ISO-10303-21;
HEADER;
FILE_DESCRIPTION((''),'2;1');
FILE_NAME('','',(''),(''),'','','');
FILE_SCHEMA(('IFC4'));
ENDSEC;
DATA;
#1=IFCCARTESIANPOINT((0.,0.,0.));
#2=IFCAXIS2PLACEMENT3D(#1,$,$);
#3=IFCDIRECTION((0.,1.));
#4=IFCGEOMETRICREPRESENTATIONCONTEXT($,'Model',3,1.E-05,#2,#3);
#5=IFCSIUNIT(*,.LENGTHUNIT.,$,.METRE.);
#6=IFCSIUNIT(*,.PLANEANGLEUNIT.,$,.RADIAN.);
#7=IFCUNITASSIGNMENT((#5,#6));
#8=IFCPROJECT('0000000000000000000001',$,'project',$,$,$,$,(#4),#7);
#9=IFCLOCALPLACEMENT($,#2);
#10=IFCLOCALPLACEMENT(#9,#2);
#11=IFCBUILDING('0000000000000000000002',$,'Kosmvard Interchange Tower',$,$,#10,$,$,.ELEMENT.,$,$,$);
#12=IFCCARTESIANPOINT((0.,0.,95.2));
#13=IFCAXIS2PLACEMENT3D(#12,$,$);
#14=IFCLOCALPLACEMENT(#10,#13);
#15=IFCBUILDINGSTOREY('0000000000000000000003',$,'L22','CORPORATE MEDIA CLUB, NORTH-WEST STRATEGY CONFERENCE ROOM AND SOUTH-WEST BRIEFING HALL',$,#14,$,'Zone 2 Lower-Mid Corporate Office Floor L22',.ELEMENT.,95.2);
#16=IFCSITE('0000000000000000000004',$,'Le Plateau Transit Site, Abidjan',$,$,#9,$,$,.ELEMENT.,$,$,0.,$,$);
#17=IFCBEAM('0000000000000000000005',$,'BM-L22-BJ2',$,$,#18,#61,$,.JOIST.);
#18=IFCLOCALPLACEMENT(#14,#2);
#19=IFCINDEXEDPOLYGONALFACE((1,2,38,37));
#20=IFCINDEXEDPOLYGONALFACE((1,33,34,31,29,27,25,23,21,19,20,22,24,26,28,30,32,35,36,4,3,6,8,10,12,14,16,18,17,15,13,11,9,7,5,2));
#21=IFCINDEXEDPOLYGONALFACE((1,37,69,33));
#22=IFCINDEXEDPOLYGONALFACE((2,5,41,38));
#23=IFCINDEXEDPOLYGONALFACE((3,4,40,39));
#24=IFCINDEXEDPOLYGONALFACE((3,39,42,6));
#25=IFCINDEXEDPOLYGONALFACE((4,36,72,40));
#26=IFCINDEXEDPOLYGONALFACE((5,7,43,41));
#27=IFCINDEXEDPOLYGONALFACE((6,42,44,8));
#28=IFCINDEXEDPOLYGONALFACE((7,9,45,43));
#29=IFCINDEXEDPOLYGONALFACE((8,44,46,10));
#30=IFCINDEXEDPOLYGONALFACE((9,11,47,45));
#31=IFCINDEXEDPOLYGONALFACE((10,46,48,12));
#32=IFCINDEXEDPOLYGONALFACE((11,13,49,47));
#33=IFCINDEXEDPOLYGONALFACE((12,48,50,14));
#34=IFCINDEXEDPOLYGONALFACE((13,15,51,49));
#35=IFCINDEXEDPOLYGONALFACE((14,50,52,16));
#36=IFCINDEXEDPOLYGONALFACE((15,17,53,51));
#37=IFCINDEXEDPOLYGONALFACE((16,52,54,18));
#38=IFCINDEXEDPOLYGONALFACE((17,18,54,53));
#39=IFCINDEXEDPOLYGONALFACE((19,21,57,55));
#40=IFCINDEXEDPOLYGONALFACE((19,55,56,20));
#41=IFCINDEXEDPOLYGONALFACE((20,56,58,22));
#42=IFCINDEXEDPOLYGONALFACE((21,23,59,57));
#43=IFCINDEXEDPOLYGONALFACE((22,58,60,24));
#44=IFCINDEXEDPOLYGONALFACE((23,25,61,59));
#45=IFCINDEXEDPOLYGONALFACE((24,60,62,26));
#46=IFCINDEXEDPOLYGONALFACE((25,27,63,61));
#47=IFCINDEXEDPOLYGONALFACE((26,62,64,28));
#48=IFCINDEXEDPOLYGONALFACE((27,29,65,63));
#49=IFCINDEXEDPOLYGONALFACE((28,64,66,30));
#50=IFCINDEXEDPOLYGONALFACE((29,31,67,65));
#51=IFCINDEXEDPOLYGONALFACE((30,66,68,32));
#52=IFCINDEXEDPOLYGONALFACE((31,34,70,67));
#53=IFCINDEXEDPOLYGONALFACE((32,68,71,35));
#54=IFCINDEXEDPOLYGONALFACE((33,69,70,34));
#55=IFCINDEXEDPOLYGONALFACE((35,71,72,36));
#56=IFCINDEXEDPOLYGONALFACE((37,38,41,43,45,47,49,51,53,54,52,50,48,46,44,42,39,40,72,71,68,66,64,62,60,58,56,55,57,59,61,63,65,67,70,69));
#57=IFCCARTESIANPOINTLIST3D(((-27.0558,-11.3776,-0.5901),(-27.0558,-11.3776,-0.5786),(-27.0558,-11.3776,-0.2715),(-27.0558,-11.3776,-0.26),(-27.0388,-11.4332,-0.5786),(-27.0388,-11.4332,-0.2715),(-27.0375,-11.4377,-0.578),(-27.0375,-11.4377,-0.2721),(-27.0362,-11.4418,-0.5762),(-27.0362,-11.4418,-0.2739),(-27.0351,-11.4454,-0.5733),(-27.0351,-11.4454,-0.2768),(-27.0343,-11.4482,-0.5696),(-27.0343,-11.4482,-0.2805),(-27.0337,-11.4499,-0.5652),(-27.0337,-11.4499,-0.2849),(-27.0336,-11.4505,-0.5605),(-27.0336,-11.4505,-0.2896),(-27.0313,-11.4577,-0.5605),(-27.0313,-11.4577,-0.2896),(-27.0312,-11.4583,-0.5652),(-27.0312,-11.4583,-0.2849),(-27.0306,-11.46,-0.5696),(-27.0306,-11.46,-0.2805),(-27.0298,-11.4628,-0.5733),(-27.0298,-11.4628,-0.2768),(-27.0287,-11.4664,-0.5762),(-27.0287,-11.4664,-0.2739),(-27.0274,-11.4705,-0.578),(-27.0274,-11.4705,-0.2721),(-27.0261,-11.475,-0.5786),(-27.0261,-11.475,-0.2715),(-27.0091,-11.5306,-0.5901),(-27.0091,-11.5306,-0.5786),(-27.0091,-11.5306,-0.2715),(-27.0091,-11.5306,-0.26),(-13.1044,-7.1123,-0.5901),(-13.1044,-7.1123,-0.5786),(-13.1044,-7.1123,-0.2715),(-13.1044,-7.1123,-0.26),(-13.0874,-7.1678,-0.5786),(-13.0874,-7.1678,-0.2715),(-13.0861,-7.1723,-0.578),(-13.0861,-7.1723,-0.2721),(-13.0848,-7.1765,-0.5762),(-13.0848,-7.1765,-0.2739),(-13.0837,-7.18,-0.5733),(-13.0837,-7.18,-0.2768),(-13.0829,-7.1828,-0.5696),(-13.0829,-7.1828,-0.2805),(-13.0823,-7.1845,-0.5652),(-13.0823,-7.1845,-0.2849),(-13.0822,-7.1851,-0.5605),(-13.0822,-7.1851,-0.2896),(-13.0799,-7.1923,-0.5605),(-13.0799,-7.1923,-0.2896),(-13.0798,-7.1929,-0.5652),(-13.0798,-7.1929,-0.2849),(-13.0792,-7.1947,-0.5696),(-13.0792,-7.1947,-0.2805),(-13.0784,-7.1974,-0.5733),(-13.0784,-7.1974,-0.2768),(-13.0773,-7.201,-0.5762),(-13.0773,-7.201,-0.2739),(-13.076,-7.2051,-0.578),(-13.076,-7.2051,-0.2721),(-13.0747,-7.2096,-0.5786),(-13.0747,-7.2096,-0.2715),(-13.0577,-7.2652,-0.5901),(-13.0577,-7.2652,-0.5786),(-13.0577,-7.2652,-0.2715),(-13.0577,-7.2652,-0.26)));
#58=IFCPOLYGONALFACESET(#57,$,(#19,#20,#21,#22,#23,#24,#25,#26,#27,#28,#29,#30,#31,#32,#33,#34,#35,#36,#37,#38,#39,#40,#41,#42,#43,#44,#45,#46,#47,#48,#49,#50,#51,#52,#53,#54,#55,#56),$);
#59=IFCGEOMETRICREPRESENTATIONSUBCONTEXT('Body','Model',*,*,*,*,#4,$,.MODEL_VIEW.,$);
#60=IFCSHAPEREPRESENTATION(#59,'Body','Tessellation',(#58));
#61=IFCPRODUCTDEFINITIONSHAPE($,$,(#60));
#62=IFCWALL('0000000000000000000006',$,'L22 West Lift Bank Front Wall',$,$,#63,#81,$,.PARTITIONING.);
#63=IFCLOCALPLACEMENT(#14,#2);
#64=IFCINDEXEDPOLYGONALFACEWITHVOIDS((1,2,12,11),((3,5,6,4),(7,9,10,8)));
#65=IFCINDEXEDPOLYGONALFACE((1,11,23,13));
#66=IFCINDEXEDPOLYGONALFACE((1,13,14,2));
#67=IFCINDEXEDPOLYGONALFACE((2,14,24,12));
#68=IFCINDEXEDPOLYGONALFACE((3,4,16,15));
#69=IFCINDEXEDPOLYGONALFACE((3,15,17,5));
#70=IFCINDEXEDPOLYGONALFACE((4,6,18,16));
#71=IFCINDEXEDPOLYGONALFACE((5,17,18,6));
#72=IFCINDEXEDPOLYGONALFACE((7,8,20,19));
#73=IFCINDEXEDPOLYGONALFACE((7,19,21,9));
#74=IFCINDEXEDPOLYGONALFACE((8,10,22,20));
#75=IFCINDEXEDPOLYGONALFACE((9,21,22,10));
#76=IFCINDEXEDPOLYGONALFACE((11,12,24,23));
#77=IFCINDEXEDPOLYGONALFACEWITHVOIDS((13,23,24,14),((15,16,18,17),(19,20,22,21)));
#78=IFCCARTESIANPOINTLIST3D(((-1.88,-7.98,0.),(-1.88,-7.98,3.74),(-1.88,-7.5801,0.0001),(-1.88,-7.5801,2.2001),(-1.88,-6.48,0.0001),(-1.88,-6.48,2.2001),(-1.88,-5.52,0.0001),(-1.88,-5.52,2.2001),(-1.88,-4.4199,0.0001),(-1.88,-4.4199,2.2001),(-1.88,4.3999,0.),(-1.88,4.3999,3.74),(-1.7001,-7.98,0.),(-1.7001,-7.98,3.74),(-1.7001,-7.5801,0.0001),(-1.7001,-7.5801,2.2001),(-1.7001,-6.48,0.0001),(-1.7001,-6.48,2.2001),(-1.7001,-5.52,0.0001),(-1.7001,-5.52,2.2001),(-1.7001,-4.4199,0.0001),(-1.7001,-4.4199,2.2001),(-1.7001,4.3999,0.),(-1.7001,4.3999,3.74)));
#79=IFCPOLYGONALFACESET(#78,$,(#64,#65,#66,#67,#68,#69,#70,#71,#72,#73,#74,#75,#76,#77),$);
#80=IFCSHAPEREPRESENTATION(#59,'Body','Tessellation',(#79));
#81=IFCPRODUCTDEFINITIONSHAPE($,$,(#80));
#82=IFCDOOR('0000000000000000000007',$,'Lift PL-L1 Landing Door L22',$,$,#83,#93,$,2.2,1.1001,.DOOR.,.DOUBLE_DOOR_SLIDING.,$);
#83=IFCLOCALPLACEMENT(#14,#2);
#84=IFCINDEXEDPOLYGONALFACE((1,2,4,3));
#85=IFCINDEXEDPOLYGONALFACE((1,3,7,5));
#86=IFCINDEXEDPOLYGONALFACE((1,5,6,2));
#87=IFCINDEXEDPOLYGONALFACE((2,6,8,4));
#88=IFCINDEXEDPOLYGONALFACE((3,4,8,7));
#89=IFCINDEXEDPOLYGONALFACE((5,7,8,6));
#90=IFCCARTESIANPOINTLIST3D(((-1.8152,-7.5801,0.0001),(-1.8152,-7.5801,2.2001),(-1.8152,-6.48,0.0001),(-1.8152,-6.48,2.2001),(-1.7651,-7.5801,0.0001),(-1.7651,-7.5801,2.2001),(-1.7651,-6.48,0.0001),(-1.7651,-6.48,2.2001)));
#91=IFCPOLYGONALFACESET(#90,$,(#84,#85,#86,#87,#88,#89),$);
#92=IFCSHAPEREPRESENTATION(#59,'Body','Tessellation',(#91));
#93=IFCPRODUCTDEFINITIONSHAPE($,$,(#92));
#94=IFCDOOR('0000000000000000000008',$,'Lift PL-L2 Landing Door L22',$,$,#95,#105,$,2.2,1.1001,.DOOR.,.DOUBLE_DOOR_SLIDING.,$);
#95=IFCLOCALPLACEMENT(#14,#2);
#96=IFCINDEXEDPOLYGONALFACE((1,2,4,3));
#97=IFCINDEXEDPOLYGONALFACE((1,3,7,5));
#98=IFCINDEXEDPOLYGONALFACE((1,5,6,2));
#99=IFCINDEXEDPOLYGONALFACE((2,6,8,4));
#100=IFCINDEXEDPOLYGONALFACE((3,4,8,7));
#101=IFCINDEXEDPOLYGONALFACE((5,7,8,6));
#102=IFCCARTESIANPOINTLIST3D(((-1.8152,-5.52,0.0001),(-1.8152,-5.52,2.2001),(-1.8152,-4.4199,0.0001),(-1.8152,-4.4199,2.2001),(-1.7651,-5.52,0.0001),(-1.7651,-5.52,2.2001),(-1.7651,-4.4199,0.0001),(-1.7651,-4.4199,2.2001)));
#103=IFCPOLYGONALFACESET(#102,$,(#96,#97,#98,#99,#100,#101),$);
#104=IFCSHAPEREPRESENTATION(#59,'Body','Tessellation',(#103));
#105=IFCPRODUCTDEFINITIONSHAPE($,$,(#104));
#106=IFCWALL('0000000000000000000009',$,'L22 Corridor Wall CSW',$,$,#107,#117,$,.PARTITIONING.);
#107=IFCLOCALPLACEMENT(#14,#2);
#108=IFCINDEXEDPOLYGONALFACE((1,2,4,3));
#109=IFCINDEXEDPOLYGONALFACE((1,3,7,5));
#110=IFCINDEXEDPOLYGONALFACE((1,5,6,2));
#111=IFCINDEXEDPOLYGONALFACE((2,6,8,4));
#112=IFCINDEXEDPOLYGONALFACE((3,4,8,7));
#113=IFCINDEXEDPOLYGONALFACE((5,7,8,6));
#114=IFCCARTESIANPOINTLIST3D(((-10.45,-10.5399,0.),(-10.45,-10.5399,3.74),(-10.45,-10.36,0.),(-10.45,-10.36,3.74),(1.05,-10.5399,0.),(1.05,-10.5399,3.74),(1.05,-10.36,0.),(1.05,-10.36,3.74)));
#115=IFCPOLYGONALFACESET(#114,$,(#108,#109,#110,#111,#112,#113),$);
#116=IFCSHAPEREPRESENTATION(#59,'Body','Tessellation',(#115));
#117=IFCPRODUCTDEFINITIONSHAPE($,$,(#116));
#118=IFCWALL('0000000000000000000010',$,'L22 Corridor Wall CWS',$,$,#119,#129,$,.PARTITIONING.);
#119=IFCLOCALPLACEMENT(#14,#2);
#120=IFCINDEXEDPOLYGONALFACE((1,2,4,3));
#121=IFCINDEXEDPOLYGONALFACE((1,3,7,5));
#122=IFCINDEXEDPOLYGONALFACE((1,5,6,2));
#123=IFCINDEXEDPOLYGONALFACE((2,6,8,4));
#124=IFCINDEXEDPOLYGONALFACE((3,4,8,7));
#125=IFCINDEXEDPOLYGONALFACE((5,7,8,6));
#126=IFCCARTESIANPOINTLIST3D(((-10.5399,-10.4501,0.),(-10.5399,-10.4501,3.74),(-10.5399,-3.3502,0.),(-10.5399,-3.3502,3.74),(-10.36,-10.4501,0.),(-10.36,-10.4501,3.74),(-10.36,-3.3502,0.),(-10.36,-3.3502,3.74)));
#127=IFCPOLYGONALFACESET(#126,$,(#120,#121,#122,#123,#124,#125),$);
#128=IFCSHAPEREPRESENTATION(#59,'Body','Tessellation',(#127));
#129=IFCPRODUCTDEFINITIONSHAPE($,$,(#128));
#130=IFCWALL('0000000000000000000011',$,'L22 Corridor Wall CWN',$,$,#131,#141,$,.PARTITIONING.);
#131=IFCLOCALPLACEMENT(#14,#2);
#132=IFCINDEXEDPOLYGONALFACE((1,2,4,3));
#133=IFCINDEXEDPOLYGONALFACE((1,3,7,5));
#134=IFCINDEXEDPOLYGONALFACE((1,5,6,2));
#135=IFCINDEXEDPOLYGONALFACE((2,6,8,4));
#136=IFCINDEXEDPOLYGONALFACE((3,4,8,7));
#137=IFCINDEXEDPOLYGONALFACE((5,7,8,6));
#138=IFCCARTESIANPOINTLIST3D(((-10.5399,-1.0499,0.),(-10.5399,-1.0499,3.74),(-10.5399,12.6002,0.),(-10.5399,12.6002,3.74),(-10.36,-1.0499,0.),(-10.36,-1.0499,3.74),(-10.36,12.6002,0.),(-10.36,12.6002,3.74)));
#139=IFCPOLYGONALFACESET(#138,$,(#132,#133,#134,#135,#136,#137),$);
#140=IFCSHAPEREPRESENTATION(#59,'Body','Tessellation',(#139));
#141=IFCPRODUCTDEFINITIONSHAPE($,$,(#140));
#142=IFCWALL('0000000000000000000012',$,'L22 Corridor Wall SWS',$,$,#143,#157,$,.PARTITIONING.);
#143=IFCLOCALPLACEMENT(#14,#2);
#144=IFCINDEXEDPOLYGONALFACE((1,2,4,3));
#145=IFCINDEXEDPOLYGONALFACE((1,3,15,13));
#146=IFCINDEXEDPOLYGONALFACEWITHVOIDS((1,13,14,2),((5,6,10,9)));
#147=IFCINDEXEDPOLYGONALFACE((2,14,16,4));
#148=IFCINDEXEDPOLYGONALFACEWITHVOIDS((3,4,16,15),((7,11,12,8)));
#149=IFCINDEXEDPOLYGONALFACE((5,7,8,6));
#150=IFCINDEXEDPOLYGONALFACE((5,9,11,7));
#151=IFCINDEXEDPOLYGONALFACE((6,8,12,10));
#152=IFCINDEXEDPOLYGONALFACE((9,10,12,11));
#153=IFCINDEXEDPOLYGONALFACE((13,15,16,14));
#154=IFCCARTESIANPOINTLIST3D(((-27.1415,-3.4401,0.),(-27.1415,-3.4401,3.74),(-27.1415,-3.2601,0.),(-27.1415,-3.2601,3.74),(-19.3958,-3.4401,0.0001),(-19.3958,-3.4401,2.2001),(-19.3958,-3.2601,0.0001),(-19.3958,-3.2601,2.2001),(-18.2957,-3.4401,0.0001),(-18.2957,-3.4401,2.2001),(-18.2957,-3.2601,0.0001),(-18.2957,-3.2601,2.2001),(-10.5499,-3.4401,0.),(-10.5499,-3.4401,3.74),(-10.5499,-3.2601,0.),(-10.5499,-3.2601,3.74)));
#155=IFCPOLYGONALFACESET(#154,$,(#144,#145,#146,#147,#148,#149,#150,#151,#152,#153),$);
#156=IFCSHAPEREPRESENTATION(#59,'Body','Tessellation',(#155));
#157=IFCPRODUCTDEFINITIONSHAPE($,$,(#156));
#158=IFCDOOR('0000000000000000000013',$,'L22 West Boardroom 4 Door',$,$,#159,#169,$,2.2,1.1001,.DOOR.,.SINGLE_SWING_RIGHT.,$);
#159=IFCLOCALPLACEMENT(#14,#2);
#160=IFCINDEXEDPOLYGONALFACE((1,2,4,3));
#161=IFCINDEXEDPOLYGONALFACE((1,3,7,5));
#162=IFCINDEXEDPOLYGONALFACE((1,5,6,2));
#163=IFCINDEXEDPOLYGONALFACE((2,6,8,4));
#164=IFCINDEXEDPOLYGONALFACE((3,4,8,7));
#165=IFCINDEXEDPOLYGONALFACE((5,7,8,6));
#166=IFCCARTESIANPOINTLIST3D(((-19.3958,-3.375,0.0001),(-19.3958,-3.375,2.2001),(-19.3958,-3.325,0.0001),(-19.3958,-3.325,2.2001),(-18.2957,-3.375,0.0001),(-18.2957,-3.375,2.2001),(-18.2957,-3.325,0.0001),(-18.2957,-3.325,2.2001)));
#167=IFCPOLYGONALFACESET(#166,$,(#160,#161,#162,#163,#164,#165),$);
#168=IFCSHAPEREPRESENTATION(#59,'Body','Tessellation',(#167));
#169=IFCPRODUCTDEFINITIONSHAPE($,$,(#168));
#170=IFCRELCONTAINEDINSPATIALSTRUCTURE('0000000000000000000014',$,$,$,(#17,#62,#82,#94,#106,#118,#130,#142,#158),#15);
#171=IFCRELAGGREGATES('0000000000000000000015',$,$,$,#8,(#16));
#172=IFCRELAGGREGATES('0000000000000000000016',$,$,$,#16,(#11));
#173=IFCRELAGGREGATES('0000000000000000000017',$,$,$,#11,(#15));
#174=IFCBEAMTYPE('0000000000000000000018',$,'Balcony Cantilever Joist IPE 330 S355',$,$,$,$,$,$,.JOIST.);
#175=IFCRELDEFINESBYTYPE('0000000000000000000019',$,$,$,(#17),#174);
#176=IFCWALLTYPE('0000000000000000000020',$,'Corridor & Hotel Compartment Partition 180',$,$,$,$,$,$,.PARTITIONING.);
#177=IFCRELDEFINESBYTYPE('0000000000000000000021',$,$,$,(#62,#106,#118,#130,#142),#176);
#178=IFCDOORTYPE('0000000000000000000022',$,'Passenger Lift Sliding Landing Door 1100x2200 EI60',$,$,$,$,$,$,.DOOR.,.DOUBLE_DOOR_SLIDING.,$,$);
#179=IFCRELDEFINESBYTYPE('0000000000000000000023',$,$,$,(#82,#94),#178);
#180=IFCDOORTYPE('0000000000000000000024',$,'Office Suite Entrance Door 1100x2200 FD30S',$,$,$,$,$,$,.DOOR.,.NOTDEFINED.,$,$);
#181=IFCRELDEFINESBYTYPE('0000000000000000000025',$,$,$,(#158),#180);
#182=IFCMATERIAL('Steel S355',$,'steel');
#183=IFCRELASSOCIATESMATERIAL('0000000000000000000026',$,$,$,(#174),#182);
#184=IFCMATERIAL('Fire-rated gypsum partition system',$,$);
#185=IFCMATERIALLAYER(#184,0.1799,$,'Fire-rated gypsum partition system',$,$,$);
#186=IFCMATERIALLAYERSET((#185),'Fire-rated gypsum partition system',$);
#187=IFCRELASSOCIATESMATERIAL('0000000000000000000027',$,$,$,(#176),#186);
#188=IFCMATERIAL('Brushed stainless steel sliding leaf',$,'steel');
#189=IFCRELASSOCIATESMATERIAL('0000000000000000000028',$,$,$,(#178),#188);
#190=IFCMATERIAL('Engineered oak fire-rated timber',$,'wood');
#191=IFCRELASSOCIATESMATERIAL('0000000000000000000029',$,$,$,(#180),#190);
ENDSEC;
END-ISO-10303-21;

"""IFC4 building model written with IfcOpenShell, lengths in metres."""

from ifc_helpers import new_model, si_unit, direction, frame, frame_2d, origin, origin_2d, place, context, subcontext, project, spatial, rectangle, i_section, extrude, source, transform, mapped, material, layer, layer_set, material_profile, profile_set, type_object, element, fill, save


model = new_model("IFC4")

# Units and contexts
model_context = context("Model", 3, precision=1e-05, world=origin(), true_north=direction((0.0, 1.0)))
body_context = subcontext(model_context, "Body", "Model", "MODEL_VIEW")
ifc_project = project(units=[si_unit("LENGTHUNIT", "METRE"), si_unit("PLANEANGLEUNIT", "RADIAN")], contexts=[model_context])

# Site, building, storey
site_placement = place(None, origin())
site = spatial("IfcSite", under=ifc_project, at=site_placement, Name="Le Plateau Transit Site, Abidjan", CompositionType="ELEMENT", RefElevation=0.0)
building_placement = place(site_placement, origin())
building = spatial("IfcBuilding", under=site, at=building_placement, Name="Kosmvard Interchange Tower", CompositionType="ELEMENT")
storey_placement = place(building_placement, frame((0.0, 0.0, 95.2)))
storey = spatial("IfcBuildingStorey", under=building, at=storey_placement, Name="L22", Description="CORPORATE MEDIA CLUB, NORTH-WEST STRATEGY CONFERENCE ROOM AND SOUTH-WEST BRIEFING HALL", LongName="Zone 2 Lower-Mid Corporate Office Floor L22", CompositionType="ELEMENT", Elevation=95.2)

# Beam
ifc_material_1 = material(Name="Steel S355", Category="steel")
ifc_material_profile_1 = material_profile(ifc_material_1, i_section(OverallWidth=0.1599, OverallDepth=0.3301, WebThickness=0.0076, FlangeThickness=0.0115, FilletRadius=0.0181, at=origin_2d()), Name="IPE 330")
ifc_profile_set_1 = profile_set([ifc_material_profile_1], Name="Steel S355")
beam_type_1 = type_object("IfcBeamType", Name="Balcony Cantilever Joist IPE 330 S355", PredefinedType="JOIST", material=ifc_profile_set_1)
shared_shape_1 = source(origin(), body_context, "Body", "SweptSolid", [
    extrude(i_section(OverallWidth=0.1599, OverallDepth=0.3301, WebThickness=0.0076, FlangeThickness=0.0115, FilletRadius=0.0181, at=origin_2d()), origin(), (0.0, 0.0, 1.0), 14.5889),
])
beam_1_placement = place(storey_placement, frame((-13.0811, -7.1887, -0.425), z_axis=(-0.956305, -0.292372, 0.0), x_axis=(0.292372, -0.956305, 0.0)))
element("IfcBeam", 1, at=beam_1_placement, inside=storey, type_object=beam_type_1, Name="BM-L22-BJ2", PredefinedType="JOIST", context=body_context, shape_type="MappedRepresentation", body=[
    mapped(shared_shape_1, transform((0.0, 0.0, 0.0), scale=1.0)),
])

# Wall, openings, doors
ifc_material_2 = material(Name="Fire-rated gypsum partition system")
ifc_layer_1 = layer(ifc_material_2, 0.1799, Name="Fire-rated gypsum partition system")
ifc_layer_set_1 = layer_set([ifc_layer_1], Name="Fire-rated gypsum partition system")
wall_type_1 = type_object("IfcWallType", Name="Corridor & Hotel Compartment Partition 180", PredefinedType="PARTITIONING", material=ifc_layer_set_1)
wall_1_placement = place(storey_placement, frame((-1.79, -7.98, 0.0), z_axis=(0.0, 0.0, 1.0), x_axis=(0.0, 1.0, 0.0)))
wall_1 = element("IfcWall", 2, at=wall_1_placement, inside=storey, type_object=wall_type_1, Name="L22 West Lift Bank Front Wall", PredefinedType="PARTITIONING", context=body_context, shape_type="SweptSolid", body=[
    extrude(rectangle(XDim=12.3799, YDim=0.1799, at=frame_2d((6.1899, 0.0))), origin(), (0.0, 0.0, 1.0), 3.74),
])
opening_1_placement = place(wall_1_placement, frame((0.3999, 0.0, 0.0)))
opening_1 = element("IfcOpeningElement", 3, at=opening_1_placement, cuts=wall_1, PredefinedType="OPENING", context=body_context, shape_type="SweptSolid", body=[
    extrude(rectangle(XDim=1.1001, YDim=2.2, at=frame_2d((0.55, 1.1001))), frame((0.0, 0.1001, 0.0), z_axis=(0.0, -1.0, 0.0), x_axis=(1.0, 0.0, 0.0)), (0.0, 0.0, 1.0), 0.2),
])
opening_2_placement = place(wall_1_placement, frame((2.46, 0.0, 0.0)))
opening_2 = element("IfcOpeningElement", 4, at=opening_2_placement, cuts=wall_1, PredefinedType="OPENING", context=body_context, shape_type="SweptSolid", body=[
    extrude(rectangle(XDim=1.1001, YDim=2.2, at=frame_2d((0.55, 1.1001))), frame((0.0, 0.1001, 0.0), z_axis=(0.0, -1.0, 0.0), x_axis=(1.0, 0.0, 0.0)), (0.0, 0.0, 1.0), 0.2),
])
ifc_material_3 = material(Name="Brushed stainless steel sliding leaf", Category="steel")
door_type_1 = type_object("IfcDoorType", Name="Passenger Lift Sliding Landing Door 1100x2200 EI60", OperationType="DOUBLE_DOOR_SLIDING", PredefinedType="DOOR", material=ifc_material_3)
shared_shape_2 = source(origin(), body_context, "Body", "SweptSolid", [
    extrude(rectangle(XDim=1.1001, YDim=2.2, at=frame_2d((0.55, 1.1001))), frame((0.0, 0.0249, 0.0), z_axis=(0.0, -1.0, 0.0), x_axis=(1.0, 0.0, 0.0)), (0.0, 0.0, 1.0), 0.05),
])
door_1_placement = place(opening_1_placement, frame((1.1001, 0.0, 0.0), z_axis=(0.0, 0.0, 1.0), x_axis=(-1.0, 0.0, 0.0)))
door_1 = element("IfcDoor", 5, at=door_1_placement, inside=storey, type_object=door_type_1, Name="Lift PL-L1 Landing Door L22", OperationType="DOUBLE_DOOR_SLIDING", OverallHeight=2.2, OverallWidth=1.1001, PredefinedType="DOOR", context=body_context, shape_type="MappedRepresentation", body=[
    mapped(shared_shape_2, transform((0.0, 0.0, 0.0), scale=1.0)),
])
fill(opening_1, door_1)
door_2_placement = place(opening_2_placement, frame((1.1001, 0.0, 0.0), z_axis=(0.0, 0.0, 1.0), x_axis=(-1.0, 0.0, 0.0)))
door_2 = element("IfcDoor", 6, at=door_2_placement, inside=storey, type_object=door_type_1, Name="Lift PL-L2 Landing Door L22", OperationType="DOUBLE_DOOR_SLIDING", OverallHeight=2.2, OverallWidth=1.1001, PredefinedType="DOOR", context=body_context, shape_type="MappedRepresentation", body=[
    mapped(shared_shape_2, transform((0.0, 0.0, 0.0), scale=1.0)),
])
fill(opening_2, door_2)

# Walls
wall_2_placement = place(storey_placement, frame((-10.45, -10.45, 0.0), z_axis=(0.0, 0.0, 1.0), x_axis=(1.0, 0.0, 0.0)))
element("IfcWall", 7, at=wall_2_placement, inside=storey, type_object=wall_type_1, Name="L22 Corridor Wall CSW", PredefinedType="PARTITIONING", context=body_context, shape_type="SweptSolid", body=[
    extrude(rectangle(XDim=11.5, YDim=0.1799, at=frame_2d((5.75, 0.0))), origin(), (0.0, 0.0, 1.0), 3.74),
])
wall_3_placement = place(storey_placement, frame((-10.45, -10.45, 0.0), z_axis=(0.0, 0.0, 1.0), x_axis=(0.0, 1.0, 0.0)))
element("IfcWall", 8, at=wall_3_placement, inside=storey, type_object=wall_type_1, Name="L22 Corridor Wall CWS", PredefinedType="PARTITIONING", context=body_context, shape_type="SweptSolid", body=[
    extrude(rectangle(XDim=7.0999, YDim=0.1799, at=frame_2d((3.5498, 0.0))), origin(), (0.0, 0.0, 1.0), 3.74),
])
wall_4_placement = place(storey_placement, frame((-10.45, -1.05, 0.0), z_axis=(0.0, 0.0, 1.0), x_axis=(0.0, 1.0, 0.0)))
element("IfcWall", 9, at=wall_4_placement, inside=storey, type_object=wall_type_1, Name="L22 Corridor Wall CWN", PredefinedType="PARTITIONING", context=body_context, shape_type="SweptSolid", body=[
    extrude(rectangle(XDim=13.6501, YDim=0.1799, at=frame_2d((6.8252, 0.0))), origin(), (0.0, 0.0, 1.0), 3.74),
])

# Wall, opening, door
wall_5_placement = place(storey_placement, frame((-27.1416, -3.3501, 0.0), z_axis=(0.0, 0.0, 1.0), x_axis=(1.0, 0.0, 0.0)))
wall_5 = element("IfcWall", 10, at=wall_5_placement, inside=storey, type_object=wall_type_1, Name="L22 Corridor Wall SWS", PredefinedType="PARTITIONING", context=body_context, shape_type="SweptSolid", body=[
    extrude(rectangle(XDim=16.5916, YDim=0.1799, at=frame_2d((8.2959, 0.0))), origin(), (0.0, 0.0, 1.0), 3.74),
])
opening_3_placement = place(wall_5_placement, frame((7.7458, 0.0, 0.0)))
opening_3 = element("IfcOpeningElement", 11, at=opening_3_placement, cuts=wall_5, PredefinedType="OPENING", context=body_context, shape_type="SweptSolid", body=[
    extrude(rectangle(XDim=1.1001, YDim=2.2, at=frame_2d((0.55, 1.1001))), frame((0.0, 0.1001, 0.0), z_axis=(0.0, -1.0, 0.0), x_axis=(1.0, 0.0, 0.0)), (0.0, 0.0, 1.0), 0.2),
])
ifc_material_4 = material(Name="Engineered oak fire-rated timber", Category="wood")
door_type_2 = type_object("IfcDoorType", Name="Office Suite Entrance Door 1100x2200 FD30S", OperationType="NOTDEFINED", PredefinedType="DOOR", material=ifc_material_4)
door_3_placement = place(opening_3_placement, frame((1.1001, 0.0, 0.0), z_axis=(0.0, 0.0, 1.0), x_axis=(-1.0, 0.0, 0.0)))
door_3 = element("IfcDoor", 12, at=door_3_placement, inside=storey, type_object=door_type_2, Name="L22 West Boardroom 4 Door", OperationType="SINGLE_SWING_RIGHT", OverallHeight=2.2, OverallWidth=1.1001, PredefinedType="DOOR", context=body_context, shape_type="MappedRepresentation", body=[
    mapped(shared_shape_2, transform((0.0, 0.0, 0.0), scale=1.0)),
])
fill(opening_3, door_3)

save(model, "model.ifc")
